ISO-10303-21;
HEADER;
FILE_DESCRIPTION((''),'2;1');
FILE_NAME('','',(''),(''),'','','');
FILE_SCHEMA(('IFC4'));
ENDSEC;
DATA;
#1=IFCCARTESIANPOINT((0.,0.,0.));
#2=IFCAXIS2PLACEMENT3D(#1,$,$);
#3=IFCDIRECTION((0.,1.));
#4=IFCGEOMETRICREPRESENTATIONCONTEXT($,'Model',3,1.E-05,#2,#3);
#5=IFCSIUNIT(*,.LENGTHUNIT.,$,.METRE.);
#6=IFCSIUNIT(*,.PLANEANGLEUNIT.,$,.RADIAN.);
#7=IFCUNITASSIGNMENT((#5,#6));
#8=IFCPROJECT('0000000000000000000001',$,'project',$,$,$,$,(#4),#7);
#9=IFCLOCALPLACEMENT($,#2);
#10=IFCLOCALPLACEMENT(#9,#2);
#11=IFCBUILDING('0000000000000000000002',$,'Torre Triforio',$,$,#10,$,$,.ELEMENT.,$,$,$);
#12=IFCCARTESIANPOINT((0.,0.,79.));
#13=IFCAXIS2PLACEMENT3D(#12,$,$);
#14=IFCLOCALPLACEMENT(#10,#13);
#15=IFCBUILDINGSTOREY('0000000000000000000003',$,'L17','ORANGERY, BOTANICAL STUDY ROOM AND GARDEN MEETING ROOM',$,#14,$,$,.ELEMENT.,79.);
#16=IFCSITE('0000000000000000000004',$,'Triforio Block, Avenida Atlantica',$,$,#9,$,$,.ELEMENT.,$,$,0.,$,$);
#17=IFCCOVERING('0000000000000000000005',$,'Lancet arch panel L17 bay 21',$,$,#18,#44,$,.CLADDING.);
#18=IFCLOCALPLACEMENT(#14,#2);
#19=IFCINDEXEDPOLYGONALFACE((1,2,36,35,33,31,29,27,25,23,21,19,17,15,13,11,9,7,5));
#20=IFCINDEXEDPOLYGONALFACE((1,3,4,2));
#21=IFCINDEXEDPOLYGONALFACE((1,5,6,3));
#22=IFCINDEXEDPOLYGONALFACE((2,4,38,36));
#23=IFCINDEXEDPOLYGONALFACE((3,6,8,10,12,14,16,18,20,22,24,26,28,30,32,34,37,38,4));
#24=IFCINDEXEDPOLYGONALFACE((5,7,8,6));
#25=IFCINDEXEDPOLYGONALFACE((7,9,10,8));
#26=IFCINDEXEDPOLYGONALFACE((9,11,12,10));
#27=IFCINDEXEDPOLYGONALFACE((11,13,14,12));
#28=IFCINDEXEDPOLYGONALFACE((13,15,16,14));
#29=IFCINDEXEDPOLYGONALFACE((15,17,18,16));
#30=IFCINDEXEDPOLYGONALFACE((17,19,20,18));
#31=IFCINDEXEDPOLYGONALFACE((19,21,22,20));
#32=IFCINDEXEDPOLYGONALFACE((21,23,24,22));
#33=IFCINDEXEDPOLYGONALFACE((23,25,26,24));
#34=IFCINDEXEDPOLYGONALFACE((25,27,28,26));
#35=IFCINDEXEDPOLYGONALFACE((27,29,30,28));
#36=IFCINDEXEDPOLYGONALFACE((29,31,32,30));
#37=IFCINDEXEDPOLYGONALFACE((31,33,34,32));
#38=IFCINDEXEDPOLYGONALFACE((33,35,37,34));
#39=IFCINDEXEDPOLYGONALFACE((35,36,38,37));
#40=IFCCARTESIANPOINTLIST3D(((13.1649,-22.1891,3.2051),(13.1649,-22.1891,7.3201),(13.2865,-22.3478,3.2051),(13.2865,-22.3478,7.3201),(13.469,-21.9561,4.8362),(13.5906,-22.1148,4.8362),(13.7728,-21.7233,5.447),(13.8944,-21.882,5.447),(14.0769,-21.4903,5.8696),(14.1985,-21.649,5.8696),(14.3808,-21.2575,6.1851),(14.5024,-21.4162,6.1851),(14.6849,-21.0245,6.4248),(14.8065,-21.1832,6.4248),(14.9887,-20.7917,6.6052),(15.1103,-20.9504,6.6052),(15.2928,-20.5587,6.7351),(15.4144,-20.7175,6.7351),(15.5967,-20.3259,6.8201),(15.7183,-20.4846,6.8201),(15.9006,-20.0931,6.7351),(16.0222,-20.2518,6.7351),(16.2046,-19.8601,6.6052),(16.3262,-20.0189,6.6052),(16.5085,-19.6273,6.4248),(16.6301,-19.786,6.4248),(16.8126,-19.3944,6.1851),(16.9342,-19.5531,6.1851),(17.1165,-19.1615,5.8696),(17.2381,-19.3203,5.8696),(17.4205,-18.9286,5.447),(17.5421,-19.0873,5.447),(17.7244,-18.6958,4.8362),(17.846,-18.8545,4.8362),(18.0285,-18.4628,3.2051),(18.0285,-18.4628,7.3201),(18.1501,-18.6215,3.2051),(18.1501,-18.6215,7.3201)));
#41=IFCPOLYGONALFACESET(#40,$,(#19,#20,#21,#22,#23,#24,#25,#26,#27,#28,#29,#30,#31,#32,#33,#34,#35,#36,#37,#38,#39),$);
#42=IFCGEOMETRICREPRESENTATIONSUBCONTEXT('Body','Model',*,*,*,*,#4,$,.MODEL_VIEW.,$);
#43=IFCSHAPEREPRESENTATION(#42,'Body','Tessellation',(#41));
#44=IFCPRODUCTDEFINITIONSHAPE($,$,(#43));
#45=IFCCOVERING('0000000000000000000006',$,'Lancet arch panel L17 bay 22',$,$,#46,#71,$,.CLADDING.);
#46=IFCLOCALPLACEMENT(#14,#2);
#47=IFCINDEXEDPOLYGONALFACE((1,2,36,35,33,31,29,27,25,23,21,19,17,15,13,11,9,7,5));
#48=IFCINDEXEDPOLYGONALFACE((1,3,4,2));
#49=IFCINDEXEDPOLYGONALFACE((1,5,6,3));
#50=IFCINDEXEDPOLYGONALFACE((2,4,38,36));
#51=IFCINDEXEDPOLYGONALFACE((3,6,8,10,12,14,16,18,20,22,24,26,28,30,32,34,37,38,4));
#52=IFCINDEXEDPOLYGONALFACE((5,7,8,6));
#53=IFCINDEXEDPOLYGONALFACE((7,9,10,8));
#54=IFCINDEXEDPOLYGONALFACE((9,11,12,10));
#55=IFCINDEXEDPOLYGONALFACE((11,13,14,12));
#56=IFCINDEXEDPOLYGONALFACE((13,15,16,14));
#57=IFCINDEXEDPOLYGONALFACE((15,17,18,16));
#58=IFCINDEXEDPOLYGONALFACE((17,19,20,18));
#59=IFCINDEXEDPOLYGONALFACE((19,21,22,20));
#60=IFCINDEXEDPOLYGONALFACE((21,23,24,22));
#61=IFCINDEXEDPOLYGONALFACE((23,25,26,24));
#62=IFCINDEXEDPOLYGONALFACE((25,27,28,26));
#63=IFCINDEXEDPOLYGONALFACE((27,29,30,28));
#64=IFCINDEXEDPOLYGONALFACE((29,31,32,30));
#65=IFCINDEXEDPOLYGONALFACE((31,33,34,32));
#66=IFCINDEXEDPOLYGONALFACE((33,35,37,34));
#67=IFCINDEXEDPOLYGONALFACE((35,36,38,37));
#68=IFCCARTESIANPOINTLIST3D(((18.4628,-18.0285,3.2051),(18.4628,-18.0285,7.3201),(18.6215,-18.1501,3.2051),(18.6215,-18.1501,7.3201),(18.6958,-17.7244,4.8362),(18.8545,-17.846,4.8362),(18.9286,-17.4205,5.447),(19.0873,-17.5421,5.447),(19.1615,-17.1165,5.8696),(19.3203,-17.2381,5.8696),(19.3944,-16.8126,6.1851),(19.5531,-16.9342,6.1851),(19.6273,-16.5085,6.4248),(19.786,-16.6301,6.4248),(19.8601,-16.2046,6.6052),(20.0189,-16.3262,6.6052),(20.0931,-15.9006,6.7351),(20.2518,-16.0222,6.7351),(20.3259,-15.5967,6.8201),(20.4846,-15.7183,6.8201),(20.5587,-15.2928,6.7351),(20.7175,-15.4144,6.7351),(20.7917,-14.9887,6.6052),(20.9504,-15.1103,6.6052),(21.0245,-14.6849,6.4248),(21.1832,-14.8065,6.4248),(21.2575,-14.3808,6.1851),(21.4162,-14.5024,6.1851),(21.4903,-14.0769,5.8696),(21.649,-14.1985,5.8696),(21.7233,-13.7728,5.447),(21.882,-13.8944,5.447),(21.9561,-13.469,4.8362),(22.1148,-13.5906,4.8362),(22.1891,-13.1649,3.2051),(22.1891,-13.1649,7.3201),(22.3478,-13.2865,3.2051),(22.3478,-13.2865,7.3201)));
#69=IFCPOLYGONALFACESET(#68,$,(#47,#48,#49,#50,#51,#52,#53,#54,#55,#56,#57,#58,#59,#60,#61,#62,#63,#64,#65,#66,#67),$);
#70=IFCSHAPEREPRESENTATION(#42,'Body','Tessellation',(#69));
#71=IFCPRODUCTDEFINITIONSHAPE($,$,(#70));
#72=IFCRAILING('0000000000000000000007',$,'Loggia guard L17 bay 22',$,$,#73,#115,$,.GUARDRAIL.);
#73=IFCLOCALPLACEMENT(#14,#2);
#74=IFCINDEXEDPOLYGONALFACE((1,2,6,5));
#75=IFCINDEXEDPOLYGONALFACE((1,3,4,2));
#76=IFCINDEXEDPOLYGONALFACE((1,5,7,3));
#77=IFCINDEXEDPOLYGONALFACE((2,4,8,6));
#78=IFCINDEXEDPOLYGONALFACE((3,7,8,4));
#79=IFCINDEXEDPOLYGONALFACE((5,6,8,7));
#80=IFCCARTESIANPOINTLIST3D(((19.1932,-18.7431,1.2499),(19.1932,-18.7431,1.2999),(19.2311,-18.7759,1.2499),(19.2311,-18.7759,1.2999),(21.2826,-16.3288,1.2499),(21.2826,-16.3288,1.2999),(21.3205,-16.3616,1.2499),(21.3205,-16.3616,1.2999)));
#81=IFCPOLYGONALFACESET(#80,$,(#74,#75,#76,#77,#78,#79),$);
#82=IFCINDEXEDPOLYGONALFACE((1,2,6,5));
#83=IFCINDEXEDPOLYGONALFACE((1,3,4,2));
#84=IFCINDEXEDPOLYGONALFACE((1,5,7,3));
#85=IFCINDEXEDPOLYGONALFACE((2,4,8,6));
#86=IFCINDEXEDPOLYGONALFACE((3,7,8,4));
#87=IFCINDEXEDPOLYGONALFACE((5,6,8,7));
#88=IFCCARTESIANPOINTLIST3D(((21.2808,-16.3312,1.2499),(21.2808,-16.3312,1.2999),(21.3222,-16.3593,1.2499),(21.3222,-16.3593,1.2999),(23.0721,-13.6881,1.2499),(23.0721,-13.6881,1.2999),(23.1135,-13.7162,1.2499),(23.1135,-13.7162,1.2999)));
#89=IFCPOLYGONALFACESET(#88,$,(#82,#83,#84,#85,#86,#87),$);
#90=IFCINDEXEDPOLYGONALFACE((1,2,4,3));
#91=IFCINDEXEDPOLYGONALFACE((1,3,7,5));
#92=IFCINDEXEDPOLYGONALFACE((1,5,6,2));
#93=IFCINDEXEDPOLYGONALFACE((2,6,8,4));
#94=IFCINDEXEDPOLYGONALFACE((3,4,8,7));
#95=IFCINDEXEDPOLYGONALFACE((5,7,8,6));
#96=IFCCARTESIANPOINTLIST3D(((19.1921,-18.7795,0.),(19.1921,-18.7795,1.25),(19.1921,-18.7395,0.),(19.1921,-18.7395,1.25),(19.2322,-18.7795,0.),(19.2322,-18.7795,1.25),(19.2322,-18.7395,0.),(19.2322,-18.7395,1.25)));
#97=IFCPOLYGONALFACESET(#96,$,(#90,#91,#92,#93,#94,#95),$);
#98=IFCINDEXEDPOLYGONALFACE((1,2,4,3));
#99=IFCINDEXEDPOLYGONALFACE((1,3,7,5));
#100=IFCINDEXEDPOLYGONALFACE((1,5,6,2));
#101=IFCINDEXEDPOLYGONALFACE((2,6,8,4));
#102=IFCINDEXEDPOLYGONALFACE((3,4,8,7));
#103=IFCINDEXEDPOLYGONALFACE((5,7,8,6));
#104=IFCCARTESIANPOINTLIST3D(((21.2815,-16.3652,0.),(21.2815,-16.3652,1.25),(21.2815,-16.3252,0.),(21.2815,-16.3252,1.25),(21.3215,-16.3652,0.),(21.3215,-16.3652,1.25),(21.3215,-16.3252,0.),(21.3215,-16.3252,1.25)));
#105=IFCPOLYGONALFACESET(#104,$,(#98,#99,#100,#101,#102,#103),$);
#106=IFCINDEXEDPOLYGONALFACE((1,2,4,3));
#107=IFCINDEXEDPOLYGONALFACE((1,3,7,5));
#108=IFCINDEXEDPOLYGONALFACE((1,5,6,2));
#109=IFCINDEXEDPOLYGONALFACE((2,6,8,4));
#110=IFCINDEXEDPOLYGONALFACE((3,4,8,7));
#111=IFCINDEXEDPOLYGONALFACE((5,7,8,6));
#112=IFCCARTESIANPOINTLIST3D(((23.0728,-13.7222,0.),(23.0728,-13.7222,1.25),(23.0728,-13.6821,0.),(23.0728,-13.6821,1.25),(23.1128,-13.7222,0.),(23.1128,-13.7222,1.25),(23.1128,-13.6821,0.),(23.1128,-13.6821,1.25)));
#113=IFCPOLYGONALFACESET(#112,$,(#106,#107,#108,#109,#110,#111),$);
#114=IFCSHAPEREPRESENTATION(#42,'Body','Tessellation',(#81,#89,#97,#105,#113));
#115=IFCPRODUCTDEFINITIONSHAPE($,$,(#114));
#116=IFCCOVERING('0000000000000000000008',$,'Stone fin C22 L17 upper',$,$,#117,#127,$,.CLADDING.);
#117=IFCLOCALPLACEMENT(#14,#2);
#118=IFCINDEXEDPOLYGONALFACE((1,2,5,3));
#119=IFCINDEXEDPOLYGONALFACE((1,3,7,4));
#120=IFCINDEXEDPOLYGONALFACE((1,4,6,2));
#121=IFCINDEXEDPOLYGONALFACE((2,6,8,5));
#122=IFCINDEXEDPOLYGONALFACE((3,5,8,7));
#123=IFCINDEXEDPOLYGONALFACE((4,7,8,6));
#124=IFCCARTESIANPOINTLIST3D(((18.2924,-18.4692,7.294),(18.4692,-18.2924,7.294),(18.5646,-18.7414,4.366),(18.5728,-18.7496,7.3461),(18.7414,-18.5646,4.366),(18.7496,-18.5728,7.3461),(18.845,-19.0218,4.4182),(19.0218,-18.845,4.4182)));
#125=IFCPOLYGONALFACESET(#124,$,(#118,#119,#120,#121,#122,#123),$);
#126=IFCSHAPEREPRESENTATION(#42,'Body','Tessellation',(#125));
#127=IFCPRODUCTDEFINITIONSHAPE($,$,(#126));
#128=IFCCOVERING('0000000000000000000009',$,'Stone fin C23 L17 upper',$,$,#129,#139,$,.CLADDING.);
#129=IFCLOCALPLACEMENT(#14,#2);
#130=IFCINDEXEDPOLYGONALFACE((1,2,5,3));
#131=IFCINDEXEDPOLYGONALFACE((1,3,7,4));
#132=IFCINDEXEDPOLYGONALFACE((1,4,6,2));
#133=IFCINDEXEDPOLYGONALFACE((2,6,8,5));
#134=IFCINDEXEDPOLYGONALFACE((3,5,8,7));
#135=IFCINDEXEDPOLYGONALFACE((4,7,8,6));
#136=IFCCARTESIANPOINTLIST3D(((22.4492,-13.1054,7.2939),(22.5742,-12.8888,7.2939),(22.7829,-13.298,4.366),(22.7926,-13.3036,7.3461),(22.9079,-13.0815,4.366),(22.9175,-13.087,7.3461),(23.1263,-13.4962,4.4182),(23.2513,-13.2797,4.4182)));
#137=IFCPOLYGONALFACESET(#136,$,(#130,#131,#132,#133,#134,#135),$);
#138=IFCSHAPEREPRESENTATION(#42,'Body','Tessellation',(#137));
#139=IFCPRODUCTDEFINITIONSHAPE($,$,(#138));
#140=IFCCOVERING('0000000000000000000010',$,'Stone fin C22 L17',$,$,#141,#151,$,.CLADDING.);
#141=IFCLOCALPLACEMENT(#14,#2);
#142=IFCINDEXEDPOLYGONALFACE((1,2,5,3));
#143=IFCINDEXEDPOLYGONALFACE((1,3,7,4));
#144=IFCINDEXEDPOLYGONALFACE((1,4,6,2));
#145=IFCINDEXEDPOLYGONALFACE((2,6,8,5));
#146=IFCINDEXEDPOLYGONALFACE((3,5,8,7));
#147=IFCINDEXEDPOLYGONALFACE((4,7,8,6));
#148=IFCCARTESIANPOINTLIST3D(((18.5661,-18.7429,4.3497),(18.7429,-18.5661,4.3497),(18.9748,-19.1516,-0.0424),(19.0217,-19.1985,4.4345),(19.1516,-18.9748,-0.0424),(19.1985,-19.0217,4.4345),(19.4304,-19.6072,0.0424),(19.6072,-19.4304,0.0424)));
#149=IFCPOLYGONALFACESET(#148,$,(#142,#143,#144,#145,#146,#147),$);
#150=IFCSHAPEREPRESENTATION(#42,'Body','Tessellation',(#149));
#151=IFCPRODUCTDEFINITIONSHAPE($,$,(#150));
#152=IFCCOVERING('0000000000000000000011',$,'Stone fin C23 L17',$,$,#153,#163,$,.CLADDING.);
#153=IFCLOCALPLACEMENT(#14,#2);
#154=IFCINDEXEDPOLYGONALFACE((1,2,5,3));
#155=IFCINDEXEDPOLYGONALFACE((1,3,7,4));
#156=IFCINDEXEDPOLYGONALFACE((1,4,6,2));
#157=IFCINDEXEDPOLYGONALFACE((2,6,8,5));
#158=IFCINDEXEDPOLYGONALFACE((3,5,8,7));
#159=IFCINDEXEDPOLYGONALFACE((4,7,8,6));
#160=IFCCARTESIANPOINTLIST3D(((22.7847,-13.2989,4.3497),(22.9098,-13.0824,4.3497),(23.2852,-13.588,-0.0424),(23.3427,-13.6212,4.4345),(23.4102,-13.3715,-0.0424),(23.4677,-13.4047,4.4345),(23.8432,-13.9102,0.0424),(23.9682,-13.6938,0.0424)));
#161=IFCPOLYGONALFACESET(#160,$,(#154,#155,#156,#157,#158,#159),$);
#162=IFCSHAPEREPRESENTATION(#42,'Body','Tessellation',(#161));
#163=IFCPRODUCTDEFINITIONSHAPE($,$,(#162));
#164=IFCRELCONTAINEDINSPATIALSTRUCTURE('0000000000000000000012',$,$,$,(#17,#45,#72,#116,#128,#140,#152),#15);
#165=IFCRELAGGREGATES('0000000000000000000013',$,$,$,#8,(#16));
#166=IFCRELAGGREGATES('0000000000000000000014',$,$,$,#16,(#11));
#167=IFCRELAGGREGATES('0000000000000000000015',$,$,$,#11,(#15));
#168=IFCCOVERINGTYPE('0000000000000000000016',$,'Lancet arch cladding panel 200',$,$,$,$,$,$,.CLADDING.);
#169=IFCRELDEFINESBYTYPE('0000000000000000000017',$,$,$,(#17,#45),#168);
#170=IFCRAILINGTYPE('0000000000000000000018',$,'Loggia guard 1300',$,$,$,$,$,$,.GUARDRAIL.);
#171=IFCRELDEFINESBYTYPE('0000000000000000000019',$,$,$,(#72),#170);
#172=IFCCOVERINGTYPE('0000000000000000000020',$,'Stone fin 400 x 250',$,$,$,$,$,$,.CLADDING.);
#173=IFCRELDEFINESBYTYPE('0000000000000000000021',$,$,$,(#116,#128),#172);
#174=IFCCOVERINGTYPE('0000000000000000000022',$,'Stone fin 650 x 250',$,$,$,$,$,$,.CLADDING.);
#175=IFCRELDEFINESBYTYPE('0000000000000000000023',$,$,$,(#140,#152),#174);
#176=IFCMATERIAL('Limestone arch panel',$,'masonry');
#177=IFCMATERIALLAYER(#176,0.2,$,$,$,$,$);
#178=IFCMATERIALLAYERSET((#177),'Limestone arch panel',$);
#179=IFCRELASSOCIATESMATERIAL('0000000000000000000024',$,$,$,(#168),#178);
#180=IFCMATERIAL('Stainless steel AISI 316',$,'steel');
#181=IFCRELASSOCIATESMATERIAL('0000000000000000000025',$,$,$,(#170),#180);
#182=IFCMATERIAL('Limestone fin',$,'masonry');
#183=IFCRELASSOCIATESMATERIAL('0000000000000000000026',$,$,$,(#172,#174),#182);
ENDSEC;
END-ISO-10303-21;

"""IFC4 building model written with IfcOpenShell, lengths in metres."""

from ifc_helpers import new_model, si_unit, direction, frame, origin, origin_2d, place, context, subcontext, project, spatial, polyline, rectangle, outline, extrude, material, layer, layer_set, material_profile, profile_set, type_object, element, save


model = new_model("IFC4")

# Units and contexts
model_context = context("Model", 3, precision=1e-05, world=origin(), true_north=direction((0.0, 1.0)))
body_context = subcontext(model_context, "Body", "Model", "MODEL_VIEW")
ifc_project = project(units=[si_unit("LENGTHUNIT", "METRE"), si_unit("PLANEANGLEUNIT", "RADIAN")], contexts=[model_context])

# Site, building, storey
site_placement = place(None, origin())
site = spatial("IfcSite", under=ifc_project, at=site_placement, Name="Triforio Block, Avenida Atlantica", CompositionType="ELEMENT", RefElevation=0.0)
building_placement = place(site_placement, origin())
building = spatial("IfcBuilding", under=site, at=building_placement, Name="Torre Triforio", CompositionType="ELEMENT")
storey_placement = place(building_placement, frame((0.0, 0.0, 79.0)))
storey = spatial("IfcBuildingStorey", under=building, at=storey_placement, Name="L17", Description="ORANGERY, BOTANICAL STUDY ROOM AND GARDEN MEETING ROOM", CompositionType="ELEMENT", Elevation=79.0)

# Coverings
ifc_material_1 = material(Name="Limestone arch panel", Category="masonry")
ifc_layer_1 = layer(ifc_material_1, 0.2)
ifc_layer_set_1 = layer_set([ifc_layer_1], Name="Limestone arch panel")
covering_type_1 = type_object("IfcCoveringType", Name="Lancet arch cladding panel 200", PredefinedType="CLADDING", material=ifc_layer_set_1)
for number, where, z_axis, x_axis, name in (
    (1, (15.5967, -20.3259, 0.0), (0.608175, -0.793803, 0.0), (0.793803, 0.608175, 0.0), "Lancet arch panel L17 bay 21"),
    (2, (20.3259, -15.5967, 0.0), (0.793803, -0.608175, 0.0), (0.608175, 0.793803, 0.0), "Lancet arch panel L17 bay 22"),
):
    element("IfcCovering", number, at=place(storey_placement, frame(where, z_axis=z_axis, x_axis=x_axis)), inside=storey, type_object=covering_type_1, Name=name, PredefinedType="CLADDING", context=body_context, shape_type="SweptSolid", body=[
        extrude(outline(polyline([(-3.0635, 7.3201), (-3.0635, 3.2051), (-2.6804, 4.8362), (-2.2976, 5.447), (-1.9146, 5.8696), (-1.5317, 6.1851), (-1.1487, 6.4248), (-0.7659, 6.6052), (-0.3828, 6.7351), (0.0, 6.8201), (0.3828, 6.7351), (0.7659, 6.6052), (1.1487, 6.4248), (1.5317, 6.1851), (1.9146, 5.8696), (2.2976, 5.447), (2.6804, 4.8362), (3.0635, 3.2051), (3.0635, 7.3201), (-3.0635, 7.3201)])), origin(), (0.0, 0.0, 1.0), 0.2),
    ])

# Railing
ifc_material_2 = material(Name="Stainless steel AISI 316", Category="steel")
railing_type = type_object("IfcRailingType", Name="Loggia guard 1300", PredefinedType="GUARDRAIL", material=ifc_material_2)
railing_placement = place(storey_placement, frame((19.2122, -18.7595, 0.0)))
element("IfcRailing", 3, at=railing_placement, inside=storey, type_object=railing_type, Name="Loggia guard L17 bay 22", PredefinedType="GUARDRAIL", context=body_context, shape_type="SweptSolid", body=[
    extrude(rectangle(XDim=0.05, YDim=0.05, at=origin_2d()), frame((0.0, 0.0, 1.2749), z_axis=(0.654386, 0.756161, 0.0), x_axis=(-0.756161, 0.654386, 0.0)), (0.0, 0.0, 1.0), 3.1929),
    extrude(rectangle(XDim=0.05, YDim=0.05, at=origin_2d()), frame((2.0894, 2.4143, 1.2749), z_axis=(0.561019, 0.827803, 0.0), x_axis=(-0.827803, 0.561019, 0.0)), (0.0, 0.0, 1.0), 3.1929),
    extrude(rectangle(XDim=0.04, YDim=0.04, at=origin_2d()), origin(), (0.0, 0.0, 1.0), 1.25),
    extrude(rectangle(XDim=0.04, YDim=0.04, at=origin_2d()), frame((2.0894, 2.4143, 0.0)), (0.0, 0.0, 1.0), 1.25),
    extrude(rectangle(XDim=0.04, YDim=0.04, at=origin_2d()), frame((3.8806, 5.0574, 0.0)), (0.0, 0.0, 1.0), 1.25),
])

# Coverings
ifc_material_3 = material(Name="Limestone fin", Category="masonry")
ifc_material_profile_1 = material_profile(ifc_material_3, rectangle(XDim=0.3999, YDim=0.25, at=origin_2d()), Name="FIN 400x250")
ifc_profile_set_1 = profile_set([ifc_material_profile_1], Name="Limestone fin")
covering_type_2 = type_object("IfcCoveringType", Name="Stone fin 400 x 250", PredefinedType="CLADDING", material=ifc_profile_set_1)
for number, where, z_axis, x_axis, name in (
    (4, (18.7932, -18.7932, 4.3921), (-0.092178, 0.092178, 0.991467), (0.701073, -0.701073, 0.130359), "Stone fin C22 L17 upper"),
    (5, (23.0171, -13.2888, 4.3921), (-0.113009, 0.065226, 0.991451), (0.858686, -0.495613, 0.130481), "Stone fin C23 L17 upper"),
):
    element("IfcCovering", number, at=place(storey_placement, frame(where, z_axis=z_axis, x_axis=x_axis)), inside=storey, type_object=covering_type_2, Name=name, PredefinedType="CLADDING", context=body_context, shape_type="SweptSolid", body=[
        extrude(rectangle(XDim=0.3999, YDim=0.25, at=origin_2d()), origin(), (0.0, 0.0, 1.0), 2.9531),
    ])
ifc_material_profile_2 = material_profile(ifc_material_3, rectangle(XDim=0.6499, YDim=0.25, at=origin_2d()), Name="FIN 650x250")
ifc_profile_set_2 = profile_set([ifc_material_profile_2], Name="Limestone fin")
covering_type_3 = type_object("IfcCoveringType", Name="Stone fin 650 x 250", PredefinedType="CLADDING", material=ifc_profile_set_2)
for number, where, z_axis, x_axis, name in (
    (6, (19.291, -19.291, 0.0), (-0.092256, 0.092256, 0.991452), (0.701063, -0.701063, 0.13047), "Stone fin C22 L17"),
    (7, (23.6267, -13.6409, 0.0), (-0.112978, 0.065252, 0.991453), (0.858545, -0.495862, 0.130468), "Stone fin C23 L17"),
):
    element("IfcCovering", number, at=place(storey_placement, frame(where, z_axis=z_axis, x_axis=x_axis)), inside=storey, type_object=covering_type_3, Name=name, PredefinedType="CLADDING", context=body_context, shape_type="SweptSolid", body=[
        extrude(rectangle(XDim=0.6499, YDim=0.25, at=origin_2d()), origin(), (0.0, 0.0, 1.0), 4.4299),
    ])

save(model, "model.ifc")
